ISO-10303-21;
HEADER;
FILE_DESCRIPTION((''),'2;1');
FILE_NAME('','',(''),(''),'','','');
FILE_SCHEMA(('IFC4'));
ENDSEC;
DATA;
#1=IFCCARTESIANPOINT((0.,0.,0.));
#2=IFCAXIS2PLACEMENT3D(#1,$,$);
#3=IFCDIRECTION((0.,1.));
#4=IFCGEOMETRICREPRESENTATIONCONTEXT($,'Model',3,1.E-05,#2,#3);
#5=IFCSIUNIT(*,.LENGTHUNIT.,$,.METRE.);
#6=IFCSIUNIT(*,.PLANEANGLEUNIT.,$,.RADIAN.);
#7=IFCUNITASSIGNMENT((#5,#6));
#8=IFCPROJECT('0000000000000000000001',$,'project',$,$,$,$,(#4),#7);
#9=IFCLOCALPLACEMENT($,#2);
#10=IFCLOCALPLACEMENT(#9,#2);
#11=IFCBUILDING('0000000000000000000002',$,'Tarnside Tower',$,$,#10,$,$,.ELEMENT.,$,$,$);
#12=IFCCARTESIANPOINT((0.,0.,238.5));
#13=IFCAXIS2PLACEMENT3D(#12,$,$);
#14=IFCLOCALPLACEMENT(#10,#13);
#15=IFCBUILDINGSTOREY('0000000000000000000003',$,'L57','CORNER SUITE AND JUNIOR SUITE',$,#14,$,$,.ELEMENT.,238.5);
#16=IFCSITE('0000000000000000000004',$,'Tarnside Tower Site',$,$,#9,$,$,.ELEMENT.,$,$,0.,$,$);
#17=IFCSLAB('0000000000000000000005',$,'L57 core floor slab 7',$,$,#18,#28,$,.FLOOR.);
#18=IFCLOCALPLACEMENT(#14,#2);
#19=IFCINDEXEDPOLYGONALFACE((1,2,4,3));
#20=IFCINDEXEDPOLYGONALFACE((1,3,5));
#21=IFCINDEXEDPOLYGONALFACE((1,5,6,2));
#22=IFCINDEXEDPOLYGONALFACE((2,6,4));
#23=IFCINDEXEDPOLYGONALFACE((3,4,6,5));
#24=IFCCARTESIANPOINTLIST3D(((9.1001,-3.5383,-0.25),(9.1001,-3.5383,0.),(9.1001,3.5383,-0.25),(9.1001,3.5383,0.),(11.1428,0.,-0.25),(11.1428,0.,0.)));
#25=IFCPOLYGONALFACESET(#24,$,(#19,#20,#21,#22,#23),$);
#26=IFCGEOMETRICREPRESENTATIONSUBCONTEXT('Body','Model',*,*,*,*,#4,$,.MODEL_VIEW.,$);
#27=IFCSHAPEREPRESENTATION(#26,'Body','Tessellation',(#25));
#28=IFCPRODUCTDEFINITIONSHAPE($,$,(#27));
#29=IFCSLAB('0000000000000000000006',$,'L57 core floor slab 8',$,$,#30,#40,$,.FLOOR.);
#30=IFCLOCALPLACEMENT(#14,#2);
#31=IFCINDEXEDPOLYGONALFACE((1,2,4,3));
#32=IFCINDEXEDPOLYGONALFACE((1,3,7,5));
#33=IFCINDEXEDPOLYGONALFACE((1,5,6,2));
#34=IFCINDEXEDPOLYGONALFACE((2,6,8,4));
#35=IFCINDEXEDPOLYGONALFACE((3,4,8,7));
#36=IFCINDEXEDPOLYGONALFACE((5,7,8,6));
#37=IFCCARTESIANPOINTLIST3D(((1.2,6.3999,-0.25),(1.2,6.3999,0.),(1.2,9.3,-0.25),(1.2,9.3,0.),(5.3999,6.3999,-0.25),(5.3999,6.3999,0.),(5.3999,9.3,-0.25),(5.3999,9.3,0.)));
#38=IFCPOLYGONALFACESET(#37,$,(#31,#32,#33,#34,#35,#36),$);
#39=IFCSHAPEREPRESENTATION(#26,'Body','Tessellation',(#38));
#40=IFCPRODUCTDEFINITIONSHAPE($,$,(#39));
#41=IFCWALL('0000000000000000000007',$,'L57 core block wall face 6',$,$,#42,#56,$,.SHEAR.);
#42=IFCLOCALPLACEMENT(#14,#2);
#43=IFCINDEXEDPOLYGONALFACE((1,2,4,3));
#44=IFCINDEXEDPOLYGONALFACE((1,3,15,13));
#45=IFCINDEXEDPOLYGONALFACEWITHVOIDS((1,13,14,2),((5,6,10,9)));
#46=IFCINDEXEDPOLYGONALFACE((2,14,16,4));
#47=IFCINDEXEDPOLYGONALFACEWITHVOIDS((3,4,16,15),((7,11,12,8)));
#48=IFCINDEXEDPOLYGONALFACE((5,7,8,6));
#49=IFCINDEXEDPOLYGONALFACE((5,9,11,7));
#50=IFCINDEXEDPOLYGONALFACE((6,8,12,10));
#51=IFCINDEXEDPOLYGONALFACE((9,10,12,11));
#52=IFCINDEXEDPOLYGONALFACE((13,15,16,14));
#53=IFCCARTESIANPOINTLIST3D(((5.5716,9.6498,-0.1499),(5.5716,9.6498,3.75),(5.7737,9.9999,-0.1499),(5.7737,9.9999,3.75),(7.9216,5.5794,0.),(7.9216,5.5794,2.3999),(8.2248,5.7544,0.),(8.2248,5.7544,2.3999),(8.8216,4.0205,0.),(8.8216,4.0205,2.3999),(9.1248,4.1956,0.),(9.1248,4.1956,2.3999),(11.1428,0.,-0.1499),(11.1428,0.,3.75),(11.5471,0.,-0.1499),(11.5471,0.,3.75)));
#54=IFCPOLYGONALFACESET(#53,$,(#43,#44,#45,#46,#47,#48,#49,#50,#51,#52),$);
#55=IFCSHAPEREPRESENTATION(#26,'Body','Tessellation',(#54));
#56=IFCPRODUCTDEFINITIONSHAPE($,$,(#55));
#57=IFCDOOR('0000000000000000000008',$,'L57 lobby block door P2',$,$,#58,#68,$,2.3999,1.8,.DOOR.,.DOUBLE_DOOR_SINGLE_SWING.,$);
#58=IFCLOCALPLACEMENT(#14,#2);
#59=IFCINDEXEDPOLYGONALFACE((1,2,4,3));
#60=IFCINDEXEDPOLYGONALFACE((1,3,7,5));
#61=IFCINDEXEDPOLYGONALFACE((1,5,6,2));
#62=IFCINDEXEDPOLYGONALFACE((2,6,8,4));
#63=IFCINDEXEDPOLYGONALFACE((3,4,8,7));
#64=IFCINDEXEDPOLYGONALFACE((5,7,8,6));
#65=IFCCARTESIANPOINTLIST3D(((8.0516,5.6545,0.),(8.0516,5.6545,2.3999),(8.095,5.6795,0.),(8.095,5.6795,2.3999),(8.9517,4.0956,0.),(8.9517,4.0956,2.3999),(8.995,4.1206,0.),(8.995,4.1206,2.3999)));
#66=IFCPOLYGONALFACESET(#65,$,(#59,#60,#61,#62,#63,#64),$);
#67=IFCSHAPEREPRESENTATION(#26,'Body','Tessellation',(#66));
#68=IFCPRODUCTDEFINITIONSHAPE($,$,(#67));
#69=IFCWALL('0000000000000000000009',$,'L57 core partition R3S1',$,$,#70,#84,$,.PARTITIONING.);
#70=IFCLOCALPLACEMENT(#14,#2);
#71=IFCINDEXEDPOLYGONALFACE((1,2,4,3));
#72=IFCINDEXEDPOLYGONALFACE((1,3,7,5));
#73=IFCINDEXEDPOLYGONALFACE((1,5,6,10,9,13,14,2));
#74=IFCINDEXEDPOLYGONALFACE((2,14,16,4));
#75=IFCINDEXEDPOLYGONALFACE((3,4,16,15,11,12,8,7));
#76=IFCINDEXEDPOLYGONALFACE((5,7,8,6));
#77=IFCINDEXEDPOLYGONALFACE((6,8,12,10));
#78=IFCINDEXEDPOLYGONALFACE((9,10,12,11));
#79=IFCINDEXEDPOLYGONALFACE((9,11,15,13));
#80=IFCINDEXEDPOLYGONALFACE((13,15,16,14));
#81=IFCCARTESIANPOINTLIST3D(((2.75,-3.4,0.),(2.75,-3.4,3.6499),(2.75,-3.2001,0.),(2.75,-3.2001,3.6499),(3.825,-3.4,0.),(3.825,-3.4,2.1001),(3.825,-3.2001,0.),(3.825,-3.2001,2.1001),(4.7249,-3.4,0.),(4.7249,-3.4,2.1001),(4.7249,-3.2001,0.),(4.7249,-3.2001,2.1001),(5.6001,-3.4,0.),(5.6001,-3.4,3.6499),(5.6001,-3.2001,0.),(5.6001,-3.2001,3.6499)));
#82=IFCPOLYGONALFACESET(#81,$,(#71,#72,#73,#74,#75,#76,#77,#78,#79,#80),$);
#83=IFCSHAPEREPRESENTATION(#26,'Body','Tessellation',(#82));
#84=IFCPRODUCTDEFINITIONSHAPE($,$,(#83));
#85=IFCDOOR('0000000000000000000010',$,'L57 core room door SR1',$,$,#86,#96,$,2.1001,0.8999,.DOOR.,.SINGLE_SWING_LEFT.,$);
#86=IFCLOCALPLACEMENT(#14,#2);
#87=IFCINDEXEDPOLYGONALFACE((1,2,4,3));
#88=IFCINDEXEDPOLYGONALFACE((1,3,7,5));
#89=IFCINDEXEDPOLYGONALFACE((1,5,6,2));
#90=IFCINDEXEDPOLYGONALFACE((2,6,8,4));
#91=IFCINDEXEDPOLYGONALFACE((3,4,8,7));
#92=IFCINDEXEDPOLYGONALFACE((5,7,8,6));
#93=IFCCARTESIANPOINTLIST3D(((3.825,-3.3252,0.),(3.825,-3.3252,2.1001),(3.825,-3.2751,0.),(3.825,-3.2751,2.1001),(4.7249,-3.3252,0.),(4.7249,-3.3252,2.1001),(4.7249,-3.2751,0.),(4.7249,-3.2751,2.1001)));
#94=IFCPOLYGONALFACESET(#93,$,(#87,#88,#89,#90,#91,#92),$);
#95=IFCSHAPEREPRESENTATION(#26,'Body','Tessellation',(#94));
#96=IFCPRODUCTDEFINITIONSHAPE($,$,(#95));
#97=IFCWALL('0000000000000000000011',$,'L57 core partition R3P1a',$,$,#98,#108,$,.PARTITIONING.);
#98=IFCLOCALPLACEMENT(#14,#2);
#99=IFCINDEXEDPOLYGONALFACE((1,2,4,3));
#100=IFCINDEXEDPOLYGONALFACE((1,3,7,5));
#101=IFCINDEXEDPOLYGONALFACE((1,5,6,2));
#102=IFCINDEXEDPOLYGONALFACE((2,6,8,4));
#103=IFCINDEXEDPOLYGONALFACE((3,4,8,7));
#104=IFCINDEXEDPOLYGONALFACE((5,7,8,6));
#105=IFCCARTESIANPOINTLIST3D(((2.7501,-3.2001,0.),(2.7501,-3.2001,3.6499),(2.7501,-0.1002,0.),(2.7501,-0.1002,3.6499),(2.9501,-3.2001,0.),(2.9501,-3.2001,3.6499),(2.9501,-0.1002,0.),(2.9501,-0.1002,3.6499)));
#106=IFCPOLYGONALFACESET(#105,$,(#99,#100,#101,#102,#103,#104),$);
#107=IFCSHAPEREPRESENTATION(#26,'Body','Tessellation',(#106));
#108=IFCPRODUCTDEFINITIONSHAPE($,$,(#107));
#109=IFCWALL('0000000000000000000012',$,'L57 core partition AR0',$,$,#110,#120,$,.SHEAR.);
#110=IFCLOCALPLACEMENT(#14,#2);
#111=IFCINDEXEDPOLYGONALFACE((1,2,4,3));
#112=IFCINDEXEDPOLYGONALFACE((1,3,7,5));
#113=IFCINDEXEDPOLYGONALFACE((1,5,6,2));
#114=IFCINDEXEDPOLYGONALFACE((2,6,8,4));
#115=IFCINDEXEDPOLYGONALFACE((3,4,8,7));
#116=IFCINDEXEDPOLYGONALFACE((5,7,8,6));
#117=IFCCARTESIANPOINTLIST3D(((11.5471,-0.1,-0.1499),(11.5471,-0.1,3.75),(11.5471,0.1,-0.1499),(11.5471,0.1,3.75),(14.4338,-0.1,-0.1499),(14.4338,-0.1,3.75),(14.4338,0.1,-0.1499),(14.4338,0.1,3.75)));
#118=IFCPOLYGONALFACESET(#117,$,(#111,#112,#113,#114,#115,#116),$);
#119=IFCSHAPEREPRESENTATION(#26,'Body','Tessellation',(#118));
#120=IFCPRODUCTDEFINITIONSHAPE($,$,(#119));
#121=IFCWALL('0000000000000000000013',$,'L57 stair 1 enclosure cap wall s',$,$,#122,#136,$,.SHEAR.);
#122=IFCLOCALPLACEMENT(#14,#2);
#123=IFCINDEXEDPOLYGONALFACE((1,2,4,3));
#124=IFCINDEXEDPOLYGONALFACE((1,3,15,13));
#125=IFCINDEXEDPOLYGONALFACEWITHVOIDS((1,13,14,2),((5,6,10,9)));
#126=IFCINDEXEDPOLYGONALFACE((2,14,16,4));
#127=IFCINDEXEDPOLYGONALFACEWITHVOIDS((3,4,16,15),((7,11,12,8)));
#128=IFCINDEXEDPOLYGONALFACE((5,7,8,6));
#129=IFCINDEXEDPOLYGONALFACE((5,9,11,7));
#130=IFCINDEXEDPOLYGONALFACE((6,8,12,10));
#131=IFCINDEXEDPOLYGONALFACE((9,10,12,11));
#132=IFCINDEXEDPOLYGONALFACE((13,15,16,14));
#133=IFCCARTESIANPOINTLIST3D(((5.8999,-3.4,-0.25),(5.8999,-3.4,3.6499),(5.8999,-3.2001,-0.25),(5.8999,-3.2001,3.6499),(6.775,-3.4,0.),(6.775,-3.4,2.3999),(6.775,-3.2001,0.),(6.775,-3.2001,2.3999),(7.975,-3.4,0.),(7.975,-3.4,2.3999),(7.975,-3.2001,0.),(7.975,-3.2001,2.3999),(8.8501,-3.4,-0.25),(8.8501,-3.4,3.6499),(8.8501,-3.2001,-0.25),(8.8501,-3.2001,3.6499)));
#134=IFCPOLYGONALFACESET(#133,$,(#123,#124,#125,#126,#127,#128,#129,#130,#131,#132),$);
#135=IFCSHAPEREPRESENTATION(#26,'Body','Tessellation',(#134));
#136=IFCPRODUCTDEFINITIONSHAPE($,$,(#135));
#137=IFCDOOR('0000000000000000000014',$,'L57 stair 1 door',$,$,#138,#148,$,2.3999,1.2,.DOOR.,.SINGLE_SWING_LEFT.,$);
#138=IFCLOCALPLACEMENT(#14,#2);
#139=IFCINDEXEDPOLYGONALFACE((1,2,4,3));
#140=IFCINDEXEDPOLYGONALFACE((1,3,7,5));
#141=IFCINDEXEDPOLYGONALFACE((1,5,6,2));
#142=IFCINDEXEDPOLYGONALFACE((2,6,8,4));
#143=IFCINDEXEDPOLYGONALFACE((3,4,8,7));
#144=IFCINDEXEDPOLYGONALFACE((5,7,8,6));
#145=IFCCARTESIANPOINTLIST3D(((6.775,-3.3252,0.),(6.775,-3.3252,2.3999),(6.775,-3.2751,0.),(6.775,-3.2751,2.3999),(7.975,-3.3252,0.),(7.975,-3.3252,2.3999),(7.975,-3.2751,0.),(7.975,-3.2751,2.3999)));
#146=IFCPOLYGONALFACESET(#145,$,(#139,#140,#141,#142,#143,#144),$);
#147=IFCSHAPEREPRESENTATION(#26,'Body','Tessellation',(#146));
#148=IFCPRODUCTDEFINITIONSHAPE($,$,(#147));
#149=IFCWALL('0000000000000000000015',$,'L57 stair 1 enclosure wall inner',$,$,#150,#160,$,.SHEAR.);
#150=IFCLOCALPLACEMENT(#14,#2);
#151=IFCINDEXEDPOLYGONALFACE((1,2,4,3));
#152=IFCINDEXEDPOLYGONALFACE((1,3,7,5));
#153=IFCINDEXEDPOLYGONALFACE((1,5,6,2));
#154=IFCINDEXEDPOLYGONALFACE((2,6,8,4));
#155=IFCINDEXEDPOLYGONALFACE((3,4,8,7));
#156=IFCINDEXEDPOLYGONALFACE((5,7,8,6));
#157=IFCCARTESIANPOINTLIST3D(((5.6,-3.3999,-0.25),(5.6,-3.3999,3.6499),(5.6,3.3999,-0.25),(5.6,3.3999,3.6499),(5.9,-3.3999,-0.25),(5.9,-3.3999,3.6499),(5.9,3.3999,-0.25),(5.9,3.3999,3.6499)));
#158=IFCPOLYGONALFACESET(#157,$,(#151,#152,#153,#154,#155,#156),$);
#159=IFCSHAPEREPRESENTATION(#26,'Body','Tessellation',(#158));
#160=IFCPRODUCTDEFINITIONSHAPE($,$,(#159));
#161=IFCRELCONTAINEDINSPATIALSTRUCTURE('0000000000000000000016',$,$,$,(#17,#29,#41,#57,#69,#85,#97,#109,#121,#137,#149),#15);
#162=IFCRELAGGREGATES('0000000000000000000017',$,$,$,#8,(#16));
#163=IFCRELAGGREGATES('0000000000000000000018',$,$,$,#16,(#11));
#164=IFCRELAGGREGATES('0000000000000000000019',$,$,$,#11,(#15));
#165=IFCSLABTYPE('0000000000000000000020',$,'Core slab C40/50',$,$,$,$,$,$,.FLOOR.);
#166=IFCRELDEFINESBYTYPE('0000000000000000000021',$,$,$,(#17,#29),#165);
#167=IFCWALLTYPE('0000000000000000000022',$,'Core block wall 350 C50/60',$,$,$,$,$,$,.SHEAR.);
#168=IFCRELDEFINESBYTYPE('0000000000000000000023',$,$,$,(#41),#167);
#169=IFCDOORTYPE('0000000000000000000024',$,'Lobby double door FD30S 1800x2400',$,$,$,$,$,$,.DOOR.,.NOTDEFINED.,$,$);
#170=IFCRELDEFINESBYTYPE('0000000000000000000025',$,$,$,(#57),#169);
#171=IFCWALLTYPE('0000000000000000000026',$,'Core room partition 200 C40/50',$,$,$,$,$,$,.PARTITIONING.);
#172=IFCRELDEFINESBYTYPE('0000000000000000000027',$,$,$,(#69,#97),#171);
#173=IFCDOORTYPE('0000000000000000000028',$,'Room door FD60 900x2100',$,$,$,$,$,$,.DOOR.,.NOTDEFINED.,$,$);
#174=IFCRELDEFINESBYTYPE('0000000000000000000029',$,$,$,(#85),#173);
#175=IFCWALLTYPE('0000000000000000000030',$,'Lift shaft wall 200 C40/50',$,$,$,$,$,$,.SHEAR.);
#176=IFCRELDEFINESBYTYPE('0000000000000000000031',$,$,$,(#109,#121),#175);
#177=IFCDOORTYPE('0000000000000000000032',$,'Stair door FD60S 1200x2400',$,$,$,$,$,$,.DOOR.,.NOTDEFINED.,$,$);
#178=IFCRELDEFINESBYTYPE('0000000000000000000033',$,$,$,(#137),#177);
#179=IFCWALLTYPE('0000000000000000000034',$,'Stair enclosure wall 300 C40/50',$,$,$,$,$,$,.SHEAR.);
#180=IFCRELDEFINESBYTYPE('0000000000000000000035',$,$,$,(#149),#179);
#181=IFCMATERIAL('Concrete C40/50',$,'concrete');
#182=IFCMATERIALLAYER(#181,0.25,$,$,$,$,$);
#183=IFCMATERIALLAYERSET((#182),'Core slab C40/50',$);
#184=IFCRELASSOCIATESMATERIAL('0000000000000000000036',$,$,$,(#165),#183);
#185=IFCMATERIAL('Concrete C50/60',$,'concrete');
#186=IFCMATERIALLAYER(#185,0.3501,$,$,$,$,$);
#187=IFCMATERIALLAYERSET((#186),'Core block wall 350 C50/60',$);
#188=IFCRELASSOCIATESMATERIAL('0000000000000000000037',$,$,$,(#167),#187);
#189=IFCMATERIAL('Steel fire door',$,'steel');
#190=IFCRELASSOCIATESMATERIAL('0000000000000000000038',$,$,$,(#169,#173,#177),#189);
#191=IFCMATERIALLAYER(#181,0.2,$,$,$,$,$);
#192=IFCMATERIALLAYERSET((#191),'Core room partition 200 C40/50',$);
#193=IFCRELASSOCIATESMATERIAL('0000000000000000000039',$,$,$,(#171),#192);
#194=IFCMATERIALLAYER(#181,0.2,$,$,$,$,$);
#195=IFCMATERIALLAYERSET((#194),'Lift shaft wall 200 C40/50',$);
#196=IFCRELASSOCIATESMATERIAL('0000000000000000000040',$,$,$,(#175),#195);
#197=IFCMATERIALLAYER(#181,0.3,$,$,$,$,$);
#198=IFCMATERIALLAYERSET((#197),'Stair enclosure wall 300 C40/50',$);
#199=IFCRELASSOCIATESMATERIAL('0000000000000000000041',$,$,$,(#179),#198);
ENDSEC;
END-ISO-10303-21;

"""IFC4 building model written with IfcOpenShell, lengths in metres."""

from ifc_helpers import new_model, si_unit, direction, frame, frame_2d, origin, place, context, subcontext, project, spatial, polyline, rectangle, outline, extrude, material, layer, layer_set, type_object, element, fill, save


model = new_model("IFC4")

# Units and contexts
model_context = context("Model", 3, precision=1e-05, world=origin(), true_north=direction((0.0, 1.0)))
body_context = subcontext(model_context, "Body", "Model", "MODEL_VIEW")
ifc_project = project(units=[si_unit("LENGTHUNIT", "METRE"), si_unit("PLANEANGLEUNIT", "RADIAN")], contexts=[model_context])

# Site, building, storey
site_placement = place(None, origin())
site = spatial("IfcSite", under=ifc_project, at=site_placement, Name="Tarnside Tower Site", CompositionType="ELEMENT", RefElevation=0.0)
building_placement = place(site_placement, origin())
building = spatial("IfcBuilding", under=site, at=building_placement, Name="Tarnside Tower", CompositionType="ELEMENT")
storey_placement = place(building_placement, frame((0.0, 0.0, 238.5)))
storey = spatial("IfcBuildingStorey", under=building, at=storey_placement, Name="L57", Description="CORNER SUITE AND JUNIOR SUITE", CompositionType="ELEMENT", Elevation=238.5)

# Slabs
ifc_material_1 = material(Name="Concrete C40/50", Category="concrete")
ifc_layer_1 = layer(ifc_material_1, 0.25)
ifc_layer_set_1 = layer_set([ifc_layer_1], Name="Core slab C40/50")
slab_type = type_object("IfcSlabType", Name="Core slab C40/50", PredefinedType="FLOOR", material=ifc_layer_set_1)
slab_1_placement = place(storey_placement, frame((0.0, 0.0, -0.25)))
element("IfcSlab", 1, at=slab_1_placement, inside=storey, type_object=slab_type, Name="L57 core floor slab 7", PredefinedType="FLOOR", context=body_context, shape_type="SweptSolid", body=[
    extrude(outline(polyline([(9.1001, -3.5383), (9.1001, 3.5383), (11.1428, 0.0), (9.1001, -3.5383)])), origin(), (0.0, 0.0, 1.0), 0.25),
])
slab_2_placement = place(storey_placement, frame((0.0, 0.0, -0.25)))
element("IfcSlab", 2, at=slab_2_placement, inside=storey, type_object=slab_type, Name="L57 core floor slab 8", PredefinedType="FLOOR", context=body_context, shape_type="SweptSolid", body=[
    extrude(outline(polyline([(5.3999, 9.3), (5.3999, 6.3999), (1.2, 6.3999), (1.2, 9.3), (5.3999, 9.3)])), origin(), (0.0, 0.0, 1.0), 0.25),
])

# Walls, openings, doors
ifc_material_2 = material(Name="Concrete C50/60", Category="concrete")
ifc_layer_2 = layer(ifc_material_2, 0.3501)
ifc_layer_set_2 = layer_set([ifc_layer_2], Name="Core block wall 350 C50/60")
wall_type_1 = type_object("IfcWallType", Name="Core block wall 350 C50/60", PredefinedType="SHEAR", material=ifc_layer_set_2)
wall_1_placement = place(storey_placement, frame((11.345, 0.0, -0.1499), z_axis=(0.0, 0.0, 1.0), x_axis=(-0.499995, 0.866028, 0.0)))
wall_1 = element("IfcWall", 3, at=wall_1_placement, inside=storey, type_object=wall_type_1, Name="L57 core block wall face 6", PredefinedType="SHEAR", context=body_context, shape_type="SweptSolid", body=[
    extrude(outline(polyline([(-0.1011, -0.175), (11.4458, -0.175), (11.2437, 0.175), (0.1011, 0.175), (-0.1011, -0.175)])), origin(), (0.0, 0.0, 1.0), 3.8999),
])
opening_1_placement = place(wall_1_placement, frame((4.7437, 0.0, 0.1499)))
opening_1 = element("IfcOpeningElement", 4, at=opening_1_placement, cuts=wall_1, PredefinedType="OPENING", context=body_context, shape_type="SweptSolid", body=[
    extrude(rectangle(XDim=1.8, YDim=2.3999, at=frame_2d((0.8999, 1.2))), frame((0.0, 0.1851, 0.0), z_axis=(0.0, -1.0, 0.0), x_axis=(1.0, 0.0, 0.0)), (0.0, 0.0, 1.0), 0.3701),
])
ifc_material_3 = material(Name="Steel fire door", Category="steel")
door_type_1 = type_object("IfcDoorType", Name="Lobby double door FD30S 1800x2400", OperationType="NOTDEFINED", PredefinedType="DOOR", material=ifc_material_3)
door_1_placement = place(opening_1_placement, origin())
door_1 = element("IfcDoor", 5, at=door_1_placement, inside=storey, type_object=door_type_1, Name="L57 lobby block door P2", OperationType="DOUBLE_DOOR_SINGLE_SWING", OverallHeight=2.3999, OverallWidth=1.8, PredefinedType="DOOR", context=body_context, shape_type="SweptSolid", body=[
    extrude(rectangle(XDim=1.8, YDim=2.3999, at=frame_2d((0.8999, 1.2))), frame((0.0, 0.0249, 0.0), z_axis=(0.0, -1.0, 0.0), x_axis=(1.0, 0.0, 0.0)), (0.0, 0.0, 1.0), 0.05),
])
fill(opening_1, door_1)
ifc_layer_3 = layer(ifc_material_1, 0.2)
ifc_layer_set_3 = layer_set([ifc_layer_3], Name="Core room partition 200 C40/50")
wall_type_2 = type_object("IfcWallType", Name="Core room partition 200 C40/50", PredefinedType="PARTITIONING", material=ifc_layer_set_3)
wall_2_placement = place(storey_placement, frame((2.75, -3.3, 0.0), z_axis=(0.0, 0.0, 1.0), x_axis=(1.0, 0.0, 0.0)))
wall_2 = element("IfcWall", 6, at=wall_2_placement, inside=storey, type_object=wall_type_2, Name="L57 core partition R3S1", PredefinedType="PARTITIONING", context=body_context, shape_type="SweptSolid", body=[
    extrude(rectangle(XDim=2.8501, YDim=0.2, at=frame_2d((1.425, 0.0))), origin(), (0.0, 0.0, 1.0), 3.6499),
])
opening_2_placement = place(wall_2_placement, frame((1.075, 0.0, 0.0)))
opening_2 = element("IfcOpeningElement", 7, at=opening_2_placement, cuts=wall_2, PredefinedType="OPENING", context=body_context, shape_type="SweptSolid", body=[
    extrude(rectangle(XDim=0.8999, YDim=2.1001, at=frame_2d((0.45, 1.05))), frame((0.0, 0.1099, 0.0), z_axis=(0.0, -1.0, 0.0), x_axis=(1.0, 0.0, 0.0)), (0.0, 0.0, 1.0), 0.22),
])
door_type_2 = type_object("IfcDoorType", Name="Room door FD60 900x2100", OperationType="NOTDEFINED", PredefinedType="DOOR", material=ifc_material_3)
door_2_placement = place(opening_2_placement, origin())
door_2 = element("IfcDoor", 8, at=door_2_placement, inside=storey, type_object=door_type_2, Name="L57 core room door SR1", OperationType="SINGLE_SWING_LEFT", OverallHeight=2.1001, OverallWidth=0.8999, PredefinedType="DOOR", context=body_context, shape_type="SweptSolid", body=[
    extrude(rectangle(XDim=0.8999, YDim=2.1001, at=frame_2d((0.45, 1.05))), frame((0.0, 0.0249, 0.0), z_axis=(0.0, -1.0, 0.0), x_axis=(1.0, 0.0, 0.0)), (0.0, 0.0, 1.0), 0.05),
])
fill(opening_2, door_2)

# Walls
wall_3_placement = place(storey_placement, frame((2.8501, -3.2, 0.0), z_axis=(0.0, 0.0, 1.0), x_axis=(0.0, 1.0, 0.0)))
element("IfcWall", 9, at=wall_3_placement, inside=storey, type_object=wall_type_2, Name="L57 core partition R3P1a", PredefinedType="PARTITIONING", context=body_context, shape_type="SweptSolid", body=[
    extrude(rectangle(XDim=3.0999, YDim=0.2, at=frame_2d((1.5498, 0.0))), origin(), (0.0, 0.0, 1.0), 3.6499),
])
ifc_layer_4 = layer(ifc_material_1, 0.2)
ifc_layer_set_4 = layer_set([ifc_layer_4], Name="Lift shaft wall 200 C40/50")
wall_type_3 = type_object("IfcWallType", Name="Lift shaft wall 200 C40/50", PredefinedType="SHEAR", material=ifc_layer_set_4)
wall_4_placement = place(storey_placement, frame((11.5471, 0.0, -0.1499), z_axis=(0.0, 0.0, 1.0), x_axis=(1.0, 0.0, 0.0)))
element("IfcWall", 10, at=wall_4_placement, inside=storey, type_object=wall_type_3, Name="L57 core partition AR0", PredefinedType="SHEAR", context=body_context, shape_type="SweptSolid", body=[
    extrude(rectangle(XDim=2.8867, YDim=0.2, at=frame_2d((1.4434, 0.0))), origin(), (0.0, 0.0, 1.0), 3.8999),
])

# Wall, opening, door
wall_5_placement = place(storey_placement, frame((5.8999, -3.3, -0.25), z_axis=(0.0, 0.0, 1.0), x_axis=(1.0, 0.0, 0.0)))
wall_5 = element("IfcWall", 11, at=wall_5_placement, inside=storey, type_object=wall_type_3, Name="L57 stair 1 enclosure cap wall s", PredefinedType="SHEAR", context=body_context, shape_type="SweptSolid", body=[
    extrude(rectangle(XDim=2.9502, YDim=0.2, at=frame_2d((1.4751, 0.0))), origin(), (0.0, 0.0, 1.0), 3.8999),
])
opening_3_placement = place(wall_5_placement, frame((0.875, 0.0, 0.25)))
opening_3 = element("IfcOpeningElement", 12, at=opening_3_placement, cuts=wall_5, PredefinedType="OPENING", context=body_context, shape_type="SweptSolid", body=[
    extrude(rectangle(XDim=1.2, YDim=2.3999, at=frame_2d((0.6001, 1.2))), frame((0.0, 0.1099, 0.0), z_axis=(0.0, -1.0, 0.0), x_axis=(1.0, 0.0, 0.0)), (0.0, 0.0, 1.0), 0.22),
])
door_type_3 = type_object("IfcDoorType", Name="Stair door FD60S 1200x2400", OperationType="NOTDEFINED", PredefinedType="DOOR", material=ifc_material_3)
door_3_placement = place(opening_3_placement, origin())
door_3 = element("IfcDoor", 13, at=door_3_placement, inside=storey, type_object=door_type_3, Name="L57 stair 1 door", OperationType="SINGLE_SWING_LEFT", OverallHeight=2.3999, OverallWidth=1.2, PredefinedType="DOOR", context=body_context, shape_type="SweptSolid", body=[
    extrude(rectangle(XDim=1.2, YDim=2.3999, at=frame_2d((0.6001, 1.2))), frame((0.0, 0.0249, 0.0), z_axis=(0.0, -1.0, 0.0), x_axis=(1.0, 0.0, 0.0)), (0.0, 0.0, 1.0), 0.05),
])
fill(opening_3, door_3)

# Wall
ifc_layer_5 = layer(ifc_material_1, 0.3)
ifc_layer_set_5 = layer_set([ifc_layer_5], Name="Stair enclosure wall 300 C40/50")
wall_type_4 = type_object("IfcWallType", Name="Stair enclosure wall 300 C40/50", PredefinedType="SHEAR", material=ifc_layer_set_5)
wall_6_placement = place(storey_placement, frame((5.75, -3.3999, -0.25), z_axis=(0.0, 0.0, 1.0), x_axis=(0.0, 1.0, 0.0)))
element("IfcWall", 14, at=wall_6_placement, inside=storey, type_object=wall_type_4, Name="L57 stair 1 enclosure wall inner", PredefinedType="SHEAR", context=body_context, shape_type="SweptSolid", body=[
    extrude(rectangle(XDim=6.7998, YDim=0.3, at=frame_2d((3.3999, 0.0))), origin(), (0.0, 0.0, 1.0), 3.8999),
])

save(model, "model.ifc")
